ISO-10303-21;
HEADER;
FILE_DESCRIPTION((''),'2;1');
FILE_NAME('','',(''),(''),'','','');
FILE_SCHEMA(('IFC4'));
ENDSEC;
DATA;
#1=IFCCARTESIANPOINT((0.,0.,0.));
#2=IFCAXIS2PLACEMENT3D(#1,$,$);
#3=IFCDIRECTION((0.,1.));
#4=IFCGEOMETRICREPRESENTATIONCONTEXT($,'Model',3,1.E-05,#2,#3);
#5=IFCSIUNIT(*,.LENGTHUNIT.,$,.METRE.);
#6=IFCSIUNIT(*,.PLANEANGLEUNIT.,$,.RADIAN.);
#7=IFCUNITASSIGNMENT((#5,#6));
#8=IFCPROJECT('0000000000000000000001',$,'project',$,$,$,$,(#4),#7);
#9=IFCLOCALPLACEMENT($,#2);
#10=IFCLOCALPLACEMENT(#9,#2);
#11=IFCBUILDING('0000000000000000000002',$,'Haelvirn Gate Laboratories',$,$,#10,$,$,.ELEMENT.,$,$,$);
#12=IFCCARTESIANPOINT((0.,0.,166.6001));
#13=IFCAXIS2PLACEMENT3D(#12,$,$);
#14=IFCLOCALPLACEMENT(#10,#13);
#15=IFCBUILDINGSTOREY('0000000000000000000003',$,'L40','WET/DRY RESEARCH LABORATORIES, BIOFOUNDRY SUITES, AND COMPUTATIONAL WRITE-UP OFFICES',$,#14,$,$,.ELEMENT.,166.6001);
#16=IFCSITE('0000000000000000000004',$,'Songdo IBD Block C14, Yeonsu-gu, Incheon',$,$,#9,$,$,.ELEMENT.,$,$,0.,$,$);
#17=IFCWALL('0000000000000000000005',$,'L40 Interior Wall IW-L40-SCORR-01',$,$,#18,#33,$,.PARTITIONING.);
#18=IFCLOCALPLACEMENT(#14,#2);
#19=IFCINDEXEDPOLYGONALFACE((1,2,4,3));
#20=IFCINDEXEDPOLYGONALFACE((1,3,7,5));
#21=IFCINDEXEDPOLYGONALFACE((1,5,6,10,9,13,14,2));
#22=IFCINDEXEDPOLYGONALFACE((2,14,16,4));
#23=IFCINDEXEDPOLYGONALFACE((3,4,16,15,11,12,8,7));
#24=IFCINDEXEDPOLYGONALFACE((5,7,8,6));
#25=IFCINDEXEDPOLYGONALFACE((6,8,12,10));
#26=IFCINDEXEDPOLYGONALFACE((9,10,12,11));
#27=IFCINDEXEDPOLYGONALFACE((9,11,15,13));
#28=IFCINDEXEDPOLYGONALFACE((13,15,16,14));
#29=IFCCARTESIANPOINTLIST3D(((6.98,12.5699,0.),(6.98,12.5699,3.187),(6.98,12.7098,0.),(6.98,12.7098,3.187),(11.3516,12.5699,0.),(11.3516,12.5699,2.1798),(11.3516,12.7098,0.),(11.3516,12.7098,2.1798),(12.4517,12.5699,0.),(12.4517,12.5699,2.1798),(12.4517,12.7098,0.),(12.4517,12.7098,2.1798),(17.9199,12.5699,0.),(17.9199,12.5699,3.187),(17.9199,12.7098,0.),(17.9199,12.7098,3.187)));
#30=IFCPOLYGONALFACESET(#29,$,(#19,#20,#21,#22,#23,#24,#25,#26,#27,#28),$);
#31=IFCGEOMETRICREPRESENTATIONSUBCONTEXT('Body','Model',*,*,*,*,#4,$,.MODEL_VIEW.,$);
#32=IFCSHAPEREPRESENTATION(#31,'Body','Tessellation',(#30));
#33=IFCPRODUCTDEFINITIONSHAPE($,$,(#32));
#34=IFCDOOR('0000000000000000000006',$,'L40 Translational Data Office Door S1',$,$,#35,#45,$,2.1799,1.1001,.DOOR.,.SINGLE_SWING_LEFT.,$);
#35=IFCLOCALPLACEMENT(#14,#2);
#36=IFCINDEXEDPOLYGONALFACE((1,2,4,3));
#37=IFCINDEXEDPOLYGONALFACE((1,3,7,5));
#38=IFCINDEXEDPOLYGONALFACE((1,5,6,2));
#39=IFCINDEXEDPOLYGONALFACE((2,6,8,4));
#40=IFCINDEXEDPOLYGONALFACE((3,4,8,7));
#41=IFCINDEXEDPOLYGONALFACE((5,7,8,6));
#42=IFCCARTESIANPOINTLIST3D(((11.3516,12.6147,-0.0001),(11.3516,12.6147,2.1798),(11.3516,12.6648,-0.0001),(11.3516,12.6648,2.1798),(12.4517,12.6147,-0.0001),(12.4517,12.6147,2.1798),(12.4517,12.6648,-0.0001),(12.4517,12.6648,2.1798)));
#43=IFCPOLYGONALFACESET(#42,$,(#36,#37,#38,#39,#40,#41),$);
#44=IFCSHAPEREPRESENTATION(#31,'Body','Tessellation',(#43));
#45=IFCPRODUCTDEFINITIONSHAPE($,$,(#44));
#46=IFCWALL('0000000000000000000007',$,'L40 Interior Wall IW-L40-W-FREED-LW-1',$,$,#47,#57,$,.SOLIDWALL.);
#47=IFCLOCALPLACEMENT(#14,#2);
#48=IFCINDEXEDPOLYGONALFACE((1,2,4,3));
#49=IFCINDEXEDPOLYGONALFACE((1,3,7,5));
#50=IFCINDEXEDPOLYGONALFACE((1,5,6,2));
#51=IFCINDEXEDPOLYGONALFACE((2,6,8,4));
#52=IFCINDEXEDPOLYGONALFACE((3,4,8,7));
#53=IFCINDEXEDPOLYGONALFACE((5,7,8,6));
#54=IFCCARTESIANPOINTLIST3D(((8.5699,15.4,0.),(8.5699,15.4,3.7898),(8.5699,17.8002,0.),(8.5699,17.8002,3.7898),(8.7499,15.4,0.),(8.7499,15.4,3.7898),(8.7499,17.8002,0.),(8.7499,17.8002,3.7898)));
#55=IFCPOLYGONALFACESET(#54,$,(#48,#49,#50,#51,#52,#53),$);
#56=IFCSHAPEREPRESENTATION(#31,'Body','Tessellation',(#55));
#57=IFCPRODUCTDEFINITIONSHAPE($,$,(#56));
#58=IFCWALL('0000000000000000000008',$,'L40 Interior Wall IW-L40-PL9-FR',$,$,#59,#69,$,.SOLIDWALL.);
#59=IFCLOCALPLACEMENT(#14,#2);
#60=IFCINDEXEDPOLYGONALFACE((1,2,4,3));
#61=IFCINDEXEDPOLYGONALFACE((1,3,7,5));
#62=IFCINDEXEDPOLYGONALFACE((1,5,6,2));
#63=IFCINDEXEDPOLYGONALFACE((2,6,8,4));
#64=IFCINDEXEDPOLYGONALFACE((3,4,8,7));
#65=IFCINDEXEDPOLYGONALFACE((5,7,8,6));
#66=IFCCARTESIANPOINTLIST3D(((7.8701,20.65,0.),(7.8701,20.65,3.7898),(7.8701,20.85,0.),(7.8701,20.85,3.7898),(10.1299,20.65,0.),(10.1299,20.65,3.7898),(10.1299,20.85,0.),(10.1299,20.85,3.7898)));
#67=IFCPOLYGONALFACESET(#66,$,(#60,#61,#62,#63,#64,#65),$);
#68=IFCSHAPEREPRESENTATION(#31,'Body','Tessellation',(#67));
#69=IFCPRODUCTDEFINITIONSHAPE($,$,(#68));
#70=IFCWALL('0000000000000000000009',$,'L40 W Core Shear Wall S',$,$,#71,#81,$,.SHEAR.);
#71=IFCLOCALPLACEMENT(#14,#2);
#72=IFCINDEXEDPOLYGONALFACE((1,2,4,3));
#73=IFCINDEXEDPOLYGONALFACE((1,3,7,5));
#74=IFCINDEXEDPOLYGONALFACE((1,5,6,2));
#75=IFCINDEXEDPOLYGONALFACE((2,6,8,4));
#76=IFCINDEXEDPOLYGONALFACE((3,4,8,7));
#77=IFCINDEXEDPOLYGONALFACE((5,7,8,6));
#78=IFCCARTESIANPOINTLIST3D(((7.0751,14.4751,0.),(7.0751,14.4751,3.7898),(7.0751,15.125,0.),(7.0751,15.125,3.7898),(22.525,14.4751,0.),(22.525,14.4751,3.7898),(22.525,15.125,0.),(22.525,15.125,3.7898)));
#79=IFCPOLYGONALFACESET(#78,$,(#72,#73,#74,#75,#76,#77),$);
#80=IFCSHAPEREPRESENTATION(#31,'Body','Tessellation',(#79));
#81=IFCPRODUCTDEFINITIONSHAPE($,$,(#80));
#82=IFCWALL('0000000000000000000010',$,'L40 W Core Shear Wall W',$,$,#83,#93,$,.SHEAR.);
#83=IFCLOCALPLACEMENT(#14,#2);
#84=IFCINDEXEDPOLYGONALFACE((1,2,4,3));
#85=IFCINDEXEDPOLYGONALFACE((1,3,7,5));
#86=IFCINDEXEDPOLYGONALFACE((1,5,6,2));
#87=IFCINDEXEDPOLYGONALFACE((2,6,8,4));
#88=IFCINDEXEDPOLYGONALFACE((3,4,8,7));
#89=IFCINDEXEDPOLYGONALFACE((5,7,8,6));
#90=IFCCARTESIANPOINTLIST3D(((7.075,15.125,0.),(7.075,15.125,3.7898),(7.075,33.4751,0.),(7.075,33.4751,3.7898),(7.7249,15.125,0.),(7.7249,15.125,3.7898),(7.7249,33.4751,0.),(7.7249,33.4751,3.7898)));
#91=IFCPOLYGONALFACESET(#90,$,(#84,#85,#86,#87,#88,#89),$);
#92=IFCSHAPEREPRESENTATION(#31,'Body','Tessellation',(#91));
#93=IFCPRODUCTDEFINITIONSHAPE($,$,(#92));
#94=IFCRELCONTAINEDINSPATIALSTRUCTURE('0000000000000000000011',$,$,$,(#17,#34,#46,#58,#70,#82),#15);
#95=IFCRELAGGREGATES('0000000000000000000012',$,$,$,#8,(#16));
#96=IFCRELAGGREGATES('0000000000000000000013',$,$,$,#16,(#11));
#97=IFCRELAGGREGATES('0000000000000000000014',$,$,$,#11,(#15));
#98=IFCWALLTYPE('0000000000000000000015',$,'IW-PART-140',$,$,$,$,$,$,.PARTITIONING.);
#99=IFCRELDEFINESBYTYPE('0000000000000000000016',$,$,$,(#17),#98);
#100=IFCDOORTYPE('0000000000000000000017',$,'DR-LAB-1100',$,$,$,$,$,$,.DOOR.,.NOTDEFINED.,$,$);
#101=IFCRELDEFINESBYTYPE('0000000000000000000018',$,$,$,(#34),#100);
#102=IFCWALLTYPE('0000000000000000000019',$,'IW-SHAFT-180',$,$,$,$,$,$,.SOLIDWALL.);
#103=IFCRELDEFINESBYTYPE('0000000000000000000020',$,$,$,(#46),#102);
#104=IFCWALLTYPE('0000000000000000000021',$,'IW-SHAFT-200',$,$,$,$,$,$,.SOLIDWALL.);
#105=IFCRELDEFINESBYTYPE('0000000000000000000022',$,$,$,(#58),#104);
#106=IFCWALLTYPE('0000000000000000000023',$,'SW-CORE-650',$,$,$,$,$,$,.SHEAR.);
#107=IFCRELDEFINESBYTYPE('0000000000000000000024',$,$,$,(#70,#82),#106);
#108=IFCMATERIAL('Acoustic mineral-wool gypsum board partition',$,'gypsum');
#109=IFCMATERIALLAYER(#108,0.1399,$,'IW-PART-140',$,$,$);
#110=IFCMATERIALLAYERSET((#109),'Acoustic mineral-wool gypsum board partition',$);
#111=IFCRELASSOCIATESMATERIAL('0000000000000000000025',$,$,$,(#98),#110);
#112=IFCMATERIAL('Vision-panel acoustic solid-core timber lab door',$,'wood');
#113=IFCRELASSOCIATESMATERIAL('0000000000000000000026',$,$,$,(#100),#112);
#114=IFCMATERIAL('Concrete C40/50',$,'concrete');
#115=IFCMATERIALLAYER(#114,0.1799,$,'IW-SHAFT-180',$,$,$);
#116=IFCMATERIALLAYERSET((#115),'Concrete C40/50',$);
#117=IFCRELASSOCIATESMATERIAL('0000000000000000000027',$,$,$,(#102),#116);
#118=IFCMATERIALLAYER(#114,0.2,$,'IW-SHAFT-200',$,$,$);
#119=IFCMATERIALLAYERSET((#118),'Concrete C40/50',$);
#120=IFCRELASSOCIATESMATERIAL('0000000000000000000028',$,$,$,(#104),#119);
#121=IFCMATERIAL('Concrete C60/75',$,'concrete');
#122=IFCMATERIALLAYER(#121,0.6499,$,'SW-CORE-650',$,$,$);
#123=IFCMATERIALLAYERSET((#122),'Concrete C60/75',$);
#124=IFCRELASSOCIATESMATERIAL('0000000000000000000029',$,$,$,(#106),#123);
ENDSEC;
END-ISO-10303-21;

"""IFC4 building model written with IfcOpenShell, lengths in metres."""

from ifc_helpers import new_model, si_unit, direction, frame, frame_2d, origin, place, context, subcontext, project, spatial, rectangle, extrude, source, transform, mapped, material, layer, layer_set, type_object, type_shapes, element, fill, save


model = new_model("IFC4")

# Units and contexts
model_context = context("Model", 3, precision=1e-05, world=origin(), true_north=direction((0.0, 1.0)))
body_context = subcontext(model_context, "Body", "Model", "MODEL_VIEW")
ifc_project = project(units=[si_unit("LENGTHUNIT", "METRE"), si_unit("PLANEANGLEUNIT", "RADIAN")], contexts=[model_context])

# Site, building, storey
site_placement = place(None, origin())
site = spatial("IfcSite", under=ifc_project, at=site_placement, Name="Songdo IBD Block C14, Yeonsu-gu, Incheon", CompositionType="ELEMENT", RefElevation=0.0)
building_placement = place(site_placement, origin())
building = spatial("IfcBuilding", under=site, at=building_placement, Name="Haelvirn Gate Laboratories", CompositionType="ELEMENT")
storey_placement = place(building_placement, frame((0.0, 0.0, 166.6001)))
storey = spatial("IfcBuildingStorey", under=building, at=storey_placement, Name="L40", Description="WET/DRY RESEARCH LABORATORIES, BIOFOUNDRY SUITES, AND COMPUTATIONAL WRITE-UP OFFICES", CompositionType="ELEMENT", Elevation=166.6001)

# Shared definitions
ifc_material_1 = material(Name="Concrete C60/75", Category="concrete")

# Wall, opening, door
ifc_material_2 = material(Name="Acoustic mineral-wool gypsum board partition", Category="gypsum")
ifc_layer_1 = layer(ifc_material_2, 0.1399, Name="IW-PART-140")
ifc_layer_set_1 = layer_set([ifc_layer_1], Name="Acoustic mineral-wool gypsum board partition")
wall_type_1 = type_object("IfcWallType", Name="IW-PART-140", PredefinedType="PARTITIONING", material=ifc_layer_set_1)
wall_1_placement = place(storey_placement, frame((6.98, 12.6399, 0.0), z_axis=(0.0, 0.0, 1.0), x_axis=(1.0, 0.0, 0.0)))
wall_1 = element("IfcWall", 1, at=wall_1_placement, inside=storey, type_object=wall_type_1, Name="L40 Interior Wall IW-L40-SCORR-01", PredefinedType="PARTITIONING", context=body_context, shape_type="SweptSolid", body=[
    extrude(rectangle(XDim=10.9399, YDim=0.1399, at=frame_2d((5.47, 0.0))), origin(), (0.0, 0.0, 1.0), 3.187),
])
opening_1_placement = place(wall_1_placement, frame((4.3716, 0.0, 0.0)))
opening_1 = element("IfcOpeningElement", 2, at=opening_1_placement, cuts=wall_1, PredefinedType="OPENING", context=body_context, shape_type="SweptSolid", body=[
    extrude(rectangle(XDim=1.1001, YDim=2.1799, at=frame_2d((0.55, 1.0898))), frame((0.0, 0.0801, 0.0), z_axis=(0.0, -1.0, 0.0), x_axis=(1.0, 0.0, 0.0)), (0.0, 0.0, 1.0), 0.1599),
])
ifc_material_3 = material(Name="Vision-panel acoustic solid-core timber lab door", Category="wood")
door_type_1 = type_object("IfcDoorType", Name="DR-LAB-1100", OperationType="NOTDEFINED", PredefinedType="DOOR", material=ifc_material_3)
shared_shape_1 = source(origin(), body_context, "Body", "SweptSolid", [
    extrude(rectangle(XDim=1.1001, YDim=2.1799, at=frame_2d((0.55, 1.0898))), frame((0.0, 0.0249, 0.0), z_axis=(0.0, -1.0, 0.0), x_axis=(1.0, 0.0, 0.0)), (0.0, 0.0, 1.0), 0.05),
])
type_shapes(door_type_1, [shared_shape_1])
door_1_placement = place(opening_1_placement, origin())
door_1 = element("IfcDoor", 3, at=door_1_placement, inside=storey, type_object=door_type_1, Name="L40 Translational Data Office Door S1", OperationType="SINGLE_SWING_LEFT", OverallHeight=2.1799, OverallWidth=1.1001, PredefinedType="DOOR", context=body_context, shape_type="MappedRepresentation", body=[
    mapped(shared_shape_1, transform((0.0, 0.0, 0.0), scale=1.0)),
])
fill(opening_1, door_1)
ifc_material_4 = material(Name="Concrete C40/50", Category="concrete")
ifc_layer_2 = layer(ifc_material_4, 0.1799, Name="IW-SHAFT-180")
ifc_layer_set_2 = layer_set([ifc_layer_2], Name="Concrete C40/50")
wall_type_2 = type_object("IfcWallType", Name="IW-SHAFT-180", PredefinedType="SOLIDWALL", material=ifc_layer_set_2)

# Walls
wall_2_placement = place(storey_placement, frame((8.6599, 15.3999, 0.0), z_axis=(0.0, 0.0, 1.0), x_axis=(0.0, 1.0, 0.0)))
element("IfcWall", 4, at=wall_2_placement, inside=storey, type_object=wall_type_2, Name="L40 Interior Wall IW-L40-W-FREED-LW-1", PredefinedType="SOLIDWALL", context=body_context, shape_type="SweptSolid", body=[
    extrude(rectangle(XDim=2.4001, YDim=0.1799, at=frame_2d((1.2002, 0.0))), origin(), (0.0, 0.0, 1.0), 3.7898),
])
ifc_layer_3 = layer(ifc_material_4, 0.2, Name="IW-SHAFT-200")
ifc_layer_set_3 = layer_set([ifc_layer_3], Name="Concrete C40/50")
wall_type_3 = type_object("IfcWallType", Name="IW-SHAFT-200", PredefinedType="SOLIDWALL", material=ifc_layer_set_3)
wall_3_placement = place(storey_placement, frame((7.8701, 20.75, 0.0), z_axis=(0.0, 0.0, 1.0), x_axis=(1.0, 0.0, 0.0)))
element("IfcWall", 5, at=wall_3_placement, inside=storey, type_object=wall_type_3, Name="L40 Interior Wall IW-L40-PL9-FR", PredefinedType="SOLIDWALL", context=body_context, shape_type="SweptSolid", body=[
    extrude(rectangle(XDim=2.2598, YDim=0.2, at=frame_2d((1.1299, 0.0))), origin(), (0.0, 0.0, 1.0), 3.7898),
])
ifc_layer_4 = layer(ifc_material_1, 0.6499, Name="SW-CORE-650")
ifc_layer_set_4 = layer_set([ifc_layer_4], Name="Concrete C60/75")
wall_type_4 = type_object("IfcWallType", Name="SW-CORE-650", PredefinedType="SHEAR", material=ifc_layer_set_4)
wall_4_placement = place(storey_placement, frame((7.075, 14.8, 0.0), z_axis=(0.0, 0.0, 1.0), x_axis=(1.0, 0.0, 0.0)))
element("IfcWall", 6, at=wall_4_placement, inside=storey, type_object=wall_type_4, Name="L40 W Core Shear Wall S", PredefinedType="SHEAR", context=body_context, shape_type="SweptSolid", body=[
    extrude(rectangle(XDim=15.45, YDim=0.6499, at=frame_2d((7.7251, 0.0))), origin(), (0.0, 0.0, 1.0), 3.7898),
])
wall_5_placement = place(storey_placement, frame((7.3999, 15.125, 0.0), z_axis=(0.0, 0.0, 1.0), x_axis=(0.0, 1.0, 0.0)))
element("IfcWall", 7, at=wall_5_placement, inside=storey, type_object=wall_type_4, Name="L40 W Core Shear Wall W", PredefinedType="SHEAR", context=body_context, shape_type="SweptSolid", body=[
    extrude(rectangle(XDim=18.3501, YDim=0.6499, at=frame_2d((9.175, 0.0))), origin(), (0.0, 0.0, 1.0), 3.7898),
])

save(model, "model.ifc")
